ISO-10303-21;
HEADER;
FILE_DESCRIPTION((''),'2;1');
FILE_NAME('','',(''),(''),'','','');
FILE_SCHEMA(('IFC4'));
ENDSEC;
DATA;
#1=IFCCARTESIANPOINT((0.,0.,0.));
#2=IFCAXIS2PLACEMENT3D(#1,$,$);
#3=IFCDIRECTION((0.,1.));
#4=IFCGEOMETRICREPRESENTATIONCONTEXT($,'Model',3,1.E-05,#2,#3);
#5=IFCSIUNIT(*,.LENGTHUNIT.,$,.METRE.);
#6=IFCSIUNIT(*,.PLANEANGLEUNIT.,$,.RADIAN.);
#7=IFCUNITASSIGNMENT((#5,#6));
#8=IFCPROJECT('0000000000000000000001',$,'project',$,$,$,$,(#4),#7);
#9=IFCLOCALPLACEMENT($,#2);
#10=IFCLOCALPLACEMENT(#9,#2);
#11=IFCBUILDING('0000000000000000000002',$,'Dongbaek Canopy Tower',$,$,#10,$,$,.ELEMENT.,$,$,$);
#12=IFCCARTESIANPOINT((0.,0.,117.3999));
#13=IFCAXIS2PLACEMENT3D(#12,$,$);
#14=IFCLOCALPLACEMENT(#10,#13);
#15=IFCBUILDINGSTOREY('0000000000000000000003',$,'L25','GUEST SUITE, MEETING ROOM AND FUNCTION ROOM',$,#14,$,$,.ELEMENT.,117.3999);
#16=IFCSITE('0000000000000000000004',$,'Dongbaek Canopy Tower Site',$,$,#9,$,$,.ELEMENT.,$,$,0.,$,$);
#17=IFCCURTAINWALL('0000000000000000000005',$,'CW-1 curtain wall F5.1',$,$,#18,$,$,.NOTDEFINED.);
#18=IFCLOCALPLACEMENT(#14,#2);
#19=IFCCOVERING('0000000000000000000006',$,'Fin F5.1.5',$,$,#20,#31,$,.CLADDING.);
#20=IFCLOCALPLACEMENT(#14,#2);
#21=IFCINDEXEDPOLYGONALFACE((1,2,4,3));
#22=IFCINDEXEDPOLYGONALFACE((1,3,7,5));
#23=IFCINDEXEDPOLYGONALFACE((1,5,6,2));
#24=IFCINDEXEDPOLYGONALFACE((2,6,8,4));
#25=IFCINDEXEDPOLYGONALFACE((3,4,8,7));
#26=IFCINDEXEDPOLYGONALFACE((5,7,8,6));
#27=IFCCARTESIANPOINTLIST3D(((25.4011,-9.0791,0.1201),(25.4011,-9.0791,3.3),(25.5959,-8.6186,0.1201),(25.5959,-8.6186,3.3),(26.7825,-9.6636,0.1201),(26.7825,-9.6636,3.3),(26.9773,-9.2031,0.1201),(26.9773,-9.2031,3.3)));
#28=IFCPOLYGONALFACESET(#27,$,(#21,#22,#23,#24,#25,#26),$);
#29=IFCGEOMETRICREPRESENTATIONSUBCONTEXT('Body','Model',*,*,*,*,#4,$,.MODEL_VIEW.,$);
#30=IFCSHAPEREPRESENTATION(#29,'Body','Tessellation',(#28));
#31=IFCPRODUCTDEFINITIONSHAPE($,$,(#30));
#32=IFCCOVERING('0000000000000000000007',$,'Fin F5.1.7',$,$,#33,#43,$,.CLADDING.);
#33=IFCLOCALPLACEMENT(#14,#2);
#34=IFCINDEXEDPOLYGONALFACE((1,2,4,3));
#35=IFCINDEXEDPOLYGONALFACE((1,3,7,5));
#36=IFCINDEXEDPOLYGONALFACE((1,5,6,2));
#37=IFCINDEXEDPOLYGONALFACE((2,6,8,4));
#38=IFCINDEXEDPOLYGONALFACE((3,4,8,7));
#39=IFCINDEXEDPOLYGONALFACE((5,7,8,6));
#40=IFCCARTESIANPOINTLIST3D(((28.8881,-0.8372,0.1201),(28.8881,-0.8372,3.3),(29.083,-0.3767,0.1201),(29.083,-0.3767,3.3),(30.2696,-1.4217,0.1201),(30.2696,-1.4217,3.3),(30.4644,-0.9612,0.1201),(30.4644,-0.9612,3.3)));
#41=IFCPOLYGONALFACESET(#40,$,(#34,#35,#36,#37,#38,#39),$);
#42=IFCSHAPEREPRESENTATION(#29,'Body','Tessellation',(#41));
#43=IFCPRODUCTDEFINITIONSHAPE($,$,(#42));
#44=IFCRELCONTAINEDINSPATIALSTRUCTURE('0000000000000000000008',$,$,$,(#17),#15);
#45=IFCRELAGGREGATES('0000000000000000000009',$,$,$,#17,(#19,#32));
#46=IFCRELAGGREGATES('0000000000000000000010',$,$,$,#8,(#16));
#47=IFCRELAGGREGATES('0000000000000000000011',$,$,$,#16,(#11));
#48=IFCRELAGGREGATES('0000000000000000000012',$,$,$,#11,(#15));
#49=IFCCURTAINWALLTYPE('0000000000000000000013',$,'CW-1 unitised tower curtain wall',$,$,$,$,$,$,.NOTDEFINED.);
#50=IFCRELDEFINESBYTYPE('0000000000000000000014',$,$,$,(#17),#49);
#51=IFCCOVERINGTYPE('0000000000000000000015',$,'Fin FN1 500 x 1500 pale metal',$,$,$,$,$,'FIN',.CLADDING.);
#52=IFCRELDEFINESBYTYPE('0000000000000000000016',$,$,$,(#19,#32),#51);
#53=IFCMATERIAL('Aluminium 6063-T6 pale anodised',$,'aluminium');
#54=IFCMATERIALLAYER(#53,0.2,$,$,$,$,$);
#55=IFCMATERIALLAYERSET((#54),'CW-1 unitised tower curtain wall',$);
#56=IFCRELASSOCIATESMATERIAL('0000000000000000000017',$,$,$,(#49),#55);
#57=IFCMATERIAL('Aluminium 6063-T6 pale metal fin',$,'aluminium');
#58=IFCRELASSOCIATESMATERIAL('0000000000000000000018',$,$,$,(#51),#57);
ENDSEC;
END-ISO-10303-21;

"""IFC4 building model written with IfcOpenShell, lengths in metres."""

from ifc_helpers import new_model, si_unit, direction, frame, origin, origin_2d, place, context, subcontext, project, spatial, rectangle, extrude, material, layer, layer_set, material_profile, profile_set, type_object, element, aggregate, save


model = new_model("IFC4")

# Units and contexts
model_context = context("Model", 3, precision=1e-05, world=origin(), true_north=direction((0.0, 1.0)))
body_context = subcontext(model_context, "Body", "Model", "MODEL_VIEW")
ifc_project = project(units=[si_unit("LENGTHUNIT", "METRE"), si_unit("PLANEANGLEUNIT", "RADIAN")], contexts=[model_context])

# Site, building, storey
site_placement = place(None, origin())
site = spatial("IfcSite", under=ifc_project, at=site_placement, Name="Dongbaek Canopy Tower Site", CompositionType="ELEMENT", RefElevation=0.0)
building_placement = place(site_placement, origin())
building = spatial("IfcBuilding", under=site, at=building_placement, Name="Dongbaek Canopy Tower", CompositionType="ELEMENT")
storey_placement = place(building_placement, frame((0.0, 0.0, 117.3999)))
storey = spatial("IfcBuildingStorey", under=building, at=storey_placement, Name="L25", Description="GUEST SUITE, MEETING ROOM AND FUNCTION ROOM", CompositionType="ELEMENT", Elevation=117.3999)

# Curtain wall
ifc_material_1 = material(Name="Aluminium 6063-T6 pale anodised", Category="aluminium")
ifc_layer_1 = layer(ifc_material_1, 0.2)
ifc_layer_set_1 = layer_set([ifc_layer_1], Name="CW-1 unitised tower curtain wall")
curtain_wall_type = type_object("IfcCurtainWallType", Name="CW-1 unitised tower curtain wall", PredefinedType="NOTDEFINED", material=ifc_layer_set_1)
curtain_wall_placement = place(storey_placement, origin())
curtain_wall = element("IfcCurtainWall", 1, at=curtain_wall_placement, inside=storey, type_object=curtain_wall_type, Name="CW-1 curtain wall F5.1", PredefinedType="NOTDEFINED")

# Coverings
ifc_material_2 = material(Name="Aluminium 6063-T6 pale metal fin", Category="aluminium")
ifc_material_profile_1 = material_profile(ifc_material_2, rectangle(XDim=1.5, YDim=0.5, at=origin_2d()), Name="Fin FN1 500 x 1500 pale metal")
ifc_profile_set_1 = profile_set([ifc_material_profile_1], Name="Aluminium 6063-T6 pale metal fin")
covering_type = type_object("IfcCoveringType", Name="Fin FN1 500 x 1500 pale metal", ElementType="FIN", PredefinedType="CLADDING", material=ifc_profile_set_1)
covering_1_placement = place(storey_placement, frame((26.1892, -9.1411, 0.1201), z_axis=(0.0, 0.0, 1.0), x_axis=(0.920958, -0.389663, 0.0)))
covering_1 = element("IfcCovering", 2, at=covering_1_placement, type_object=covering_type, Name="Fin F5.1.5", PredefinedType="CLADDING", context=body_context, shape_type="SweptSolid", body=[
    extrude(rectangle(XDim=1.5, YDim=0.5, at=origin_2d()), origin(), (0.0, 0.0, 1.0), 3.1799),
])
covering_2_placement = place(storey_placement, frame((29.6763, -0.8992, 0.1201), z_axis=(0.0, 0.0, 1.0), x_axis=(0.920958, -0.389663, 0.0)))
covering_2 = element("IfcCovering", 3, at=covering_2_placement, type_object=covering_type, Name="Fin F5.1.7", PredefinedType="CLADDING", context=body_context, shape_type="SweptSolid", body=[
    extrude(rectangle(XDim=1.5, YDim=0.5, at=origin_2d()), origin(), (0.0, 0.0, 1.0), 3.1799),
])
aggregate(curtain_wall, [covering_1, covering_2])

save(model, "model.ifc")
